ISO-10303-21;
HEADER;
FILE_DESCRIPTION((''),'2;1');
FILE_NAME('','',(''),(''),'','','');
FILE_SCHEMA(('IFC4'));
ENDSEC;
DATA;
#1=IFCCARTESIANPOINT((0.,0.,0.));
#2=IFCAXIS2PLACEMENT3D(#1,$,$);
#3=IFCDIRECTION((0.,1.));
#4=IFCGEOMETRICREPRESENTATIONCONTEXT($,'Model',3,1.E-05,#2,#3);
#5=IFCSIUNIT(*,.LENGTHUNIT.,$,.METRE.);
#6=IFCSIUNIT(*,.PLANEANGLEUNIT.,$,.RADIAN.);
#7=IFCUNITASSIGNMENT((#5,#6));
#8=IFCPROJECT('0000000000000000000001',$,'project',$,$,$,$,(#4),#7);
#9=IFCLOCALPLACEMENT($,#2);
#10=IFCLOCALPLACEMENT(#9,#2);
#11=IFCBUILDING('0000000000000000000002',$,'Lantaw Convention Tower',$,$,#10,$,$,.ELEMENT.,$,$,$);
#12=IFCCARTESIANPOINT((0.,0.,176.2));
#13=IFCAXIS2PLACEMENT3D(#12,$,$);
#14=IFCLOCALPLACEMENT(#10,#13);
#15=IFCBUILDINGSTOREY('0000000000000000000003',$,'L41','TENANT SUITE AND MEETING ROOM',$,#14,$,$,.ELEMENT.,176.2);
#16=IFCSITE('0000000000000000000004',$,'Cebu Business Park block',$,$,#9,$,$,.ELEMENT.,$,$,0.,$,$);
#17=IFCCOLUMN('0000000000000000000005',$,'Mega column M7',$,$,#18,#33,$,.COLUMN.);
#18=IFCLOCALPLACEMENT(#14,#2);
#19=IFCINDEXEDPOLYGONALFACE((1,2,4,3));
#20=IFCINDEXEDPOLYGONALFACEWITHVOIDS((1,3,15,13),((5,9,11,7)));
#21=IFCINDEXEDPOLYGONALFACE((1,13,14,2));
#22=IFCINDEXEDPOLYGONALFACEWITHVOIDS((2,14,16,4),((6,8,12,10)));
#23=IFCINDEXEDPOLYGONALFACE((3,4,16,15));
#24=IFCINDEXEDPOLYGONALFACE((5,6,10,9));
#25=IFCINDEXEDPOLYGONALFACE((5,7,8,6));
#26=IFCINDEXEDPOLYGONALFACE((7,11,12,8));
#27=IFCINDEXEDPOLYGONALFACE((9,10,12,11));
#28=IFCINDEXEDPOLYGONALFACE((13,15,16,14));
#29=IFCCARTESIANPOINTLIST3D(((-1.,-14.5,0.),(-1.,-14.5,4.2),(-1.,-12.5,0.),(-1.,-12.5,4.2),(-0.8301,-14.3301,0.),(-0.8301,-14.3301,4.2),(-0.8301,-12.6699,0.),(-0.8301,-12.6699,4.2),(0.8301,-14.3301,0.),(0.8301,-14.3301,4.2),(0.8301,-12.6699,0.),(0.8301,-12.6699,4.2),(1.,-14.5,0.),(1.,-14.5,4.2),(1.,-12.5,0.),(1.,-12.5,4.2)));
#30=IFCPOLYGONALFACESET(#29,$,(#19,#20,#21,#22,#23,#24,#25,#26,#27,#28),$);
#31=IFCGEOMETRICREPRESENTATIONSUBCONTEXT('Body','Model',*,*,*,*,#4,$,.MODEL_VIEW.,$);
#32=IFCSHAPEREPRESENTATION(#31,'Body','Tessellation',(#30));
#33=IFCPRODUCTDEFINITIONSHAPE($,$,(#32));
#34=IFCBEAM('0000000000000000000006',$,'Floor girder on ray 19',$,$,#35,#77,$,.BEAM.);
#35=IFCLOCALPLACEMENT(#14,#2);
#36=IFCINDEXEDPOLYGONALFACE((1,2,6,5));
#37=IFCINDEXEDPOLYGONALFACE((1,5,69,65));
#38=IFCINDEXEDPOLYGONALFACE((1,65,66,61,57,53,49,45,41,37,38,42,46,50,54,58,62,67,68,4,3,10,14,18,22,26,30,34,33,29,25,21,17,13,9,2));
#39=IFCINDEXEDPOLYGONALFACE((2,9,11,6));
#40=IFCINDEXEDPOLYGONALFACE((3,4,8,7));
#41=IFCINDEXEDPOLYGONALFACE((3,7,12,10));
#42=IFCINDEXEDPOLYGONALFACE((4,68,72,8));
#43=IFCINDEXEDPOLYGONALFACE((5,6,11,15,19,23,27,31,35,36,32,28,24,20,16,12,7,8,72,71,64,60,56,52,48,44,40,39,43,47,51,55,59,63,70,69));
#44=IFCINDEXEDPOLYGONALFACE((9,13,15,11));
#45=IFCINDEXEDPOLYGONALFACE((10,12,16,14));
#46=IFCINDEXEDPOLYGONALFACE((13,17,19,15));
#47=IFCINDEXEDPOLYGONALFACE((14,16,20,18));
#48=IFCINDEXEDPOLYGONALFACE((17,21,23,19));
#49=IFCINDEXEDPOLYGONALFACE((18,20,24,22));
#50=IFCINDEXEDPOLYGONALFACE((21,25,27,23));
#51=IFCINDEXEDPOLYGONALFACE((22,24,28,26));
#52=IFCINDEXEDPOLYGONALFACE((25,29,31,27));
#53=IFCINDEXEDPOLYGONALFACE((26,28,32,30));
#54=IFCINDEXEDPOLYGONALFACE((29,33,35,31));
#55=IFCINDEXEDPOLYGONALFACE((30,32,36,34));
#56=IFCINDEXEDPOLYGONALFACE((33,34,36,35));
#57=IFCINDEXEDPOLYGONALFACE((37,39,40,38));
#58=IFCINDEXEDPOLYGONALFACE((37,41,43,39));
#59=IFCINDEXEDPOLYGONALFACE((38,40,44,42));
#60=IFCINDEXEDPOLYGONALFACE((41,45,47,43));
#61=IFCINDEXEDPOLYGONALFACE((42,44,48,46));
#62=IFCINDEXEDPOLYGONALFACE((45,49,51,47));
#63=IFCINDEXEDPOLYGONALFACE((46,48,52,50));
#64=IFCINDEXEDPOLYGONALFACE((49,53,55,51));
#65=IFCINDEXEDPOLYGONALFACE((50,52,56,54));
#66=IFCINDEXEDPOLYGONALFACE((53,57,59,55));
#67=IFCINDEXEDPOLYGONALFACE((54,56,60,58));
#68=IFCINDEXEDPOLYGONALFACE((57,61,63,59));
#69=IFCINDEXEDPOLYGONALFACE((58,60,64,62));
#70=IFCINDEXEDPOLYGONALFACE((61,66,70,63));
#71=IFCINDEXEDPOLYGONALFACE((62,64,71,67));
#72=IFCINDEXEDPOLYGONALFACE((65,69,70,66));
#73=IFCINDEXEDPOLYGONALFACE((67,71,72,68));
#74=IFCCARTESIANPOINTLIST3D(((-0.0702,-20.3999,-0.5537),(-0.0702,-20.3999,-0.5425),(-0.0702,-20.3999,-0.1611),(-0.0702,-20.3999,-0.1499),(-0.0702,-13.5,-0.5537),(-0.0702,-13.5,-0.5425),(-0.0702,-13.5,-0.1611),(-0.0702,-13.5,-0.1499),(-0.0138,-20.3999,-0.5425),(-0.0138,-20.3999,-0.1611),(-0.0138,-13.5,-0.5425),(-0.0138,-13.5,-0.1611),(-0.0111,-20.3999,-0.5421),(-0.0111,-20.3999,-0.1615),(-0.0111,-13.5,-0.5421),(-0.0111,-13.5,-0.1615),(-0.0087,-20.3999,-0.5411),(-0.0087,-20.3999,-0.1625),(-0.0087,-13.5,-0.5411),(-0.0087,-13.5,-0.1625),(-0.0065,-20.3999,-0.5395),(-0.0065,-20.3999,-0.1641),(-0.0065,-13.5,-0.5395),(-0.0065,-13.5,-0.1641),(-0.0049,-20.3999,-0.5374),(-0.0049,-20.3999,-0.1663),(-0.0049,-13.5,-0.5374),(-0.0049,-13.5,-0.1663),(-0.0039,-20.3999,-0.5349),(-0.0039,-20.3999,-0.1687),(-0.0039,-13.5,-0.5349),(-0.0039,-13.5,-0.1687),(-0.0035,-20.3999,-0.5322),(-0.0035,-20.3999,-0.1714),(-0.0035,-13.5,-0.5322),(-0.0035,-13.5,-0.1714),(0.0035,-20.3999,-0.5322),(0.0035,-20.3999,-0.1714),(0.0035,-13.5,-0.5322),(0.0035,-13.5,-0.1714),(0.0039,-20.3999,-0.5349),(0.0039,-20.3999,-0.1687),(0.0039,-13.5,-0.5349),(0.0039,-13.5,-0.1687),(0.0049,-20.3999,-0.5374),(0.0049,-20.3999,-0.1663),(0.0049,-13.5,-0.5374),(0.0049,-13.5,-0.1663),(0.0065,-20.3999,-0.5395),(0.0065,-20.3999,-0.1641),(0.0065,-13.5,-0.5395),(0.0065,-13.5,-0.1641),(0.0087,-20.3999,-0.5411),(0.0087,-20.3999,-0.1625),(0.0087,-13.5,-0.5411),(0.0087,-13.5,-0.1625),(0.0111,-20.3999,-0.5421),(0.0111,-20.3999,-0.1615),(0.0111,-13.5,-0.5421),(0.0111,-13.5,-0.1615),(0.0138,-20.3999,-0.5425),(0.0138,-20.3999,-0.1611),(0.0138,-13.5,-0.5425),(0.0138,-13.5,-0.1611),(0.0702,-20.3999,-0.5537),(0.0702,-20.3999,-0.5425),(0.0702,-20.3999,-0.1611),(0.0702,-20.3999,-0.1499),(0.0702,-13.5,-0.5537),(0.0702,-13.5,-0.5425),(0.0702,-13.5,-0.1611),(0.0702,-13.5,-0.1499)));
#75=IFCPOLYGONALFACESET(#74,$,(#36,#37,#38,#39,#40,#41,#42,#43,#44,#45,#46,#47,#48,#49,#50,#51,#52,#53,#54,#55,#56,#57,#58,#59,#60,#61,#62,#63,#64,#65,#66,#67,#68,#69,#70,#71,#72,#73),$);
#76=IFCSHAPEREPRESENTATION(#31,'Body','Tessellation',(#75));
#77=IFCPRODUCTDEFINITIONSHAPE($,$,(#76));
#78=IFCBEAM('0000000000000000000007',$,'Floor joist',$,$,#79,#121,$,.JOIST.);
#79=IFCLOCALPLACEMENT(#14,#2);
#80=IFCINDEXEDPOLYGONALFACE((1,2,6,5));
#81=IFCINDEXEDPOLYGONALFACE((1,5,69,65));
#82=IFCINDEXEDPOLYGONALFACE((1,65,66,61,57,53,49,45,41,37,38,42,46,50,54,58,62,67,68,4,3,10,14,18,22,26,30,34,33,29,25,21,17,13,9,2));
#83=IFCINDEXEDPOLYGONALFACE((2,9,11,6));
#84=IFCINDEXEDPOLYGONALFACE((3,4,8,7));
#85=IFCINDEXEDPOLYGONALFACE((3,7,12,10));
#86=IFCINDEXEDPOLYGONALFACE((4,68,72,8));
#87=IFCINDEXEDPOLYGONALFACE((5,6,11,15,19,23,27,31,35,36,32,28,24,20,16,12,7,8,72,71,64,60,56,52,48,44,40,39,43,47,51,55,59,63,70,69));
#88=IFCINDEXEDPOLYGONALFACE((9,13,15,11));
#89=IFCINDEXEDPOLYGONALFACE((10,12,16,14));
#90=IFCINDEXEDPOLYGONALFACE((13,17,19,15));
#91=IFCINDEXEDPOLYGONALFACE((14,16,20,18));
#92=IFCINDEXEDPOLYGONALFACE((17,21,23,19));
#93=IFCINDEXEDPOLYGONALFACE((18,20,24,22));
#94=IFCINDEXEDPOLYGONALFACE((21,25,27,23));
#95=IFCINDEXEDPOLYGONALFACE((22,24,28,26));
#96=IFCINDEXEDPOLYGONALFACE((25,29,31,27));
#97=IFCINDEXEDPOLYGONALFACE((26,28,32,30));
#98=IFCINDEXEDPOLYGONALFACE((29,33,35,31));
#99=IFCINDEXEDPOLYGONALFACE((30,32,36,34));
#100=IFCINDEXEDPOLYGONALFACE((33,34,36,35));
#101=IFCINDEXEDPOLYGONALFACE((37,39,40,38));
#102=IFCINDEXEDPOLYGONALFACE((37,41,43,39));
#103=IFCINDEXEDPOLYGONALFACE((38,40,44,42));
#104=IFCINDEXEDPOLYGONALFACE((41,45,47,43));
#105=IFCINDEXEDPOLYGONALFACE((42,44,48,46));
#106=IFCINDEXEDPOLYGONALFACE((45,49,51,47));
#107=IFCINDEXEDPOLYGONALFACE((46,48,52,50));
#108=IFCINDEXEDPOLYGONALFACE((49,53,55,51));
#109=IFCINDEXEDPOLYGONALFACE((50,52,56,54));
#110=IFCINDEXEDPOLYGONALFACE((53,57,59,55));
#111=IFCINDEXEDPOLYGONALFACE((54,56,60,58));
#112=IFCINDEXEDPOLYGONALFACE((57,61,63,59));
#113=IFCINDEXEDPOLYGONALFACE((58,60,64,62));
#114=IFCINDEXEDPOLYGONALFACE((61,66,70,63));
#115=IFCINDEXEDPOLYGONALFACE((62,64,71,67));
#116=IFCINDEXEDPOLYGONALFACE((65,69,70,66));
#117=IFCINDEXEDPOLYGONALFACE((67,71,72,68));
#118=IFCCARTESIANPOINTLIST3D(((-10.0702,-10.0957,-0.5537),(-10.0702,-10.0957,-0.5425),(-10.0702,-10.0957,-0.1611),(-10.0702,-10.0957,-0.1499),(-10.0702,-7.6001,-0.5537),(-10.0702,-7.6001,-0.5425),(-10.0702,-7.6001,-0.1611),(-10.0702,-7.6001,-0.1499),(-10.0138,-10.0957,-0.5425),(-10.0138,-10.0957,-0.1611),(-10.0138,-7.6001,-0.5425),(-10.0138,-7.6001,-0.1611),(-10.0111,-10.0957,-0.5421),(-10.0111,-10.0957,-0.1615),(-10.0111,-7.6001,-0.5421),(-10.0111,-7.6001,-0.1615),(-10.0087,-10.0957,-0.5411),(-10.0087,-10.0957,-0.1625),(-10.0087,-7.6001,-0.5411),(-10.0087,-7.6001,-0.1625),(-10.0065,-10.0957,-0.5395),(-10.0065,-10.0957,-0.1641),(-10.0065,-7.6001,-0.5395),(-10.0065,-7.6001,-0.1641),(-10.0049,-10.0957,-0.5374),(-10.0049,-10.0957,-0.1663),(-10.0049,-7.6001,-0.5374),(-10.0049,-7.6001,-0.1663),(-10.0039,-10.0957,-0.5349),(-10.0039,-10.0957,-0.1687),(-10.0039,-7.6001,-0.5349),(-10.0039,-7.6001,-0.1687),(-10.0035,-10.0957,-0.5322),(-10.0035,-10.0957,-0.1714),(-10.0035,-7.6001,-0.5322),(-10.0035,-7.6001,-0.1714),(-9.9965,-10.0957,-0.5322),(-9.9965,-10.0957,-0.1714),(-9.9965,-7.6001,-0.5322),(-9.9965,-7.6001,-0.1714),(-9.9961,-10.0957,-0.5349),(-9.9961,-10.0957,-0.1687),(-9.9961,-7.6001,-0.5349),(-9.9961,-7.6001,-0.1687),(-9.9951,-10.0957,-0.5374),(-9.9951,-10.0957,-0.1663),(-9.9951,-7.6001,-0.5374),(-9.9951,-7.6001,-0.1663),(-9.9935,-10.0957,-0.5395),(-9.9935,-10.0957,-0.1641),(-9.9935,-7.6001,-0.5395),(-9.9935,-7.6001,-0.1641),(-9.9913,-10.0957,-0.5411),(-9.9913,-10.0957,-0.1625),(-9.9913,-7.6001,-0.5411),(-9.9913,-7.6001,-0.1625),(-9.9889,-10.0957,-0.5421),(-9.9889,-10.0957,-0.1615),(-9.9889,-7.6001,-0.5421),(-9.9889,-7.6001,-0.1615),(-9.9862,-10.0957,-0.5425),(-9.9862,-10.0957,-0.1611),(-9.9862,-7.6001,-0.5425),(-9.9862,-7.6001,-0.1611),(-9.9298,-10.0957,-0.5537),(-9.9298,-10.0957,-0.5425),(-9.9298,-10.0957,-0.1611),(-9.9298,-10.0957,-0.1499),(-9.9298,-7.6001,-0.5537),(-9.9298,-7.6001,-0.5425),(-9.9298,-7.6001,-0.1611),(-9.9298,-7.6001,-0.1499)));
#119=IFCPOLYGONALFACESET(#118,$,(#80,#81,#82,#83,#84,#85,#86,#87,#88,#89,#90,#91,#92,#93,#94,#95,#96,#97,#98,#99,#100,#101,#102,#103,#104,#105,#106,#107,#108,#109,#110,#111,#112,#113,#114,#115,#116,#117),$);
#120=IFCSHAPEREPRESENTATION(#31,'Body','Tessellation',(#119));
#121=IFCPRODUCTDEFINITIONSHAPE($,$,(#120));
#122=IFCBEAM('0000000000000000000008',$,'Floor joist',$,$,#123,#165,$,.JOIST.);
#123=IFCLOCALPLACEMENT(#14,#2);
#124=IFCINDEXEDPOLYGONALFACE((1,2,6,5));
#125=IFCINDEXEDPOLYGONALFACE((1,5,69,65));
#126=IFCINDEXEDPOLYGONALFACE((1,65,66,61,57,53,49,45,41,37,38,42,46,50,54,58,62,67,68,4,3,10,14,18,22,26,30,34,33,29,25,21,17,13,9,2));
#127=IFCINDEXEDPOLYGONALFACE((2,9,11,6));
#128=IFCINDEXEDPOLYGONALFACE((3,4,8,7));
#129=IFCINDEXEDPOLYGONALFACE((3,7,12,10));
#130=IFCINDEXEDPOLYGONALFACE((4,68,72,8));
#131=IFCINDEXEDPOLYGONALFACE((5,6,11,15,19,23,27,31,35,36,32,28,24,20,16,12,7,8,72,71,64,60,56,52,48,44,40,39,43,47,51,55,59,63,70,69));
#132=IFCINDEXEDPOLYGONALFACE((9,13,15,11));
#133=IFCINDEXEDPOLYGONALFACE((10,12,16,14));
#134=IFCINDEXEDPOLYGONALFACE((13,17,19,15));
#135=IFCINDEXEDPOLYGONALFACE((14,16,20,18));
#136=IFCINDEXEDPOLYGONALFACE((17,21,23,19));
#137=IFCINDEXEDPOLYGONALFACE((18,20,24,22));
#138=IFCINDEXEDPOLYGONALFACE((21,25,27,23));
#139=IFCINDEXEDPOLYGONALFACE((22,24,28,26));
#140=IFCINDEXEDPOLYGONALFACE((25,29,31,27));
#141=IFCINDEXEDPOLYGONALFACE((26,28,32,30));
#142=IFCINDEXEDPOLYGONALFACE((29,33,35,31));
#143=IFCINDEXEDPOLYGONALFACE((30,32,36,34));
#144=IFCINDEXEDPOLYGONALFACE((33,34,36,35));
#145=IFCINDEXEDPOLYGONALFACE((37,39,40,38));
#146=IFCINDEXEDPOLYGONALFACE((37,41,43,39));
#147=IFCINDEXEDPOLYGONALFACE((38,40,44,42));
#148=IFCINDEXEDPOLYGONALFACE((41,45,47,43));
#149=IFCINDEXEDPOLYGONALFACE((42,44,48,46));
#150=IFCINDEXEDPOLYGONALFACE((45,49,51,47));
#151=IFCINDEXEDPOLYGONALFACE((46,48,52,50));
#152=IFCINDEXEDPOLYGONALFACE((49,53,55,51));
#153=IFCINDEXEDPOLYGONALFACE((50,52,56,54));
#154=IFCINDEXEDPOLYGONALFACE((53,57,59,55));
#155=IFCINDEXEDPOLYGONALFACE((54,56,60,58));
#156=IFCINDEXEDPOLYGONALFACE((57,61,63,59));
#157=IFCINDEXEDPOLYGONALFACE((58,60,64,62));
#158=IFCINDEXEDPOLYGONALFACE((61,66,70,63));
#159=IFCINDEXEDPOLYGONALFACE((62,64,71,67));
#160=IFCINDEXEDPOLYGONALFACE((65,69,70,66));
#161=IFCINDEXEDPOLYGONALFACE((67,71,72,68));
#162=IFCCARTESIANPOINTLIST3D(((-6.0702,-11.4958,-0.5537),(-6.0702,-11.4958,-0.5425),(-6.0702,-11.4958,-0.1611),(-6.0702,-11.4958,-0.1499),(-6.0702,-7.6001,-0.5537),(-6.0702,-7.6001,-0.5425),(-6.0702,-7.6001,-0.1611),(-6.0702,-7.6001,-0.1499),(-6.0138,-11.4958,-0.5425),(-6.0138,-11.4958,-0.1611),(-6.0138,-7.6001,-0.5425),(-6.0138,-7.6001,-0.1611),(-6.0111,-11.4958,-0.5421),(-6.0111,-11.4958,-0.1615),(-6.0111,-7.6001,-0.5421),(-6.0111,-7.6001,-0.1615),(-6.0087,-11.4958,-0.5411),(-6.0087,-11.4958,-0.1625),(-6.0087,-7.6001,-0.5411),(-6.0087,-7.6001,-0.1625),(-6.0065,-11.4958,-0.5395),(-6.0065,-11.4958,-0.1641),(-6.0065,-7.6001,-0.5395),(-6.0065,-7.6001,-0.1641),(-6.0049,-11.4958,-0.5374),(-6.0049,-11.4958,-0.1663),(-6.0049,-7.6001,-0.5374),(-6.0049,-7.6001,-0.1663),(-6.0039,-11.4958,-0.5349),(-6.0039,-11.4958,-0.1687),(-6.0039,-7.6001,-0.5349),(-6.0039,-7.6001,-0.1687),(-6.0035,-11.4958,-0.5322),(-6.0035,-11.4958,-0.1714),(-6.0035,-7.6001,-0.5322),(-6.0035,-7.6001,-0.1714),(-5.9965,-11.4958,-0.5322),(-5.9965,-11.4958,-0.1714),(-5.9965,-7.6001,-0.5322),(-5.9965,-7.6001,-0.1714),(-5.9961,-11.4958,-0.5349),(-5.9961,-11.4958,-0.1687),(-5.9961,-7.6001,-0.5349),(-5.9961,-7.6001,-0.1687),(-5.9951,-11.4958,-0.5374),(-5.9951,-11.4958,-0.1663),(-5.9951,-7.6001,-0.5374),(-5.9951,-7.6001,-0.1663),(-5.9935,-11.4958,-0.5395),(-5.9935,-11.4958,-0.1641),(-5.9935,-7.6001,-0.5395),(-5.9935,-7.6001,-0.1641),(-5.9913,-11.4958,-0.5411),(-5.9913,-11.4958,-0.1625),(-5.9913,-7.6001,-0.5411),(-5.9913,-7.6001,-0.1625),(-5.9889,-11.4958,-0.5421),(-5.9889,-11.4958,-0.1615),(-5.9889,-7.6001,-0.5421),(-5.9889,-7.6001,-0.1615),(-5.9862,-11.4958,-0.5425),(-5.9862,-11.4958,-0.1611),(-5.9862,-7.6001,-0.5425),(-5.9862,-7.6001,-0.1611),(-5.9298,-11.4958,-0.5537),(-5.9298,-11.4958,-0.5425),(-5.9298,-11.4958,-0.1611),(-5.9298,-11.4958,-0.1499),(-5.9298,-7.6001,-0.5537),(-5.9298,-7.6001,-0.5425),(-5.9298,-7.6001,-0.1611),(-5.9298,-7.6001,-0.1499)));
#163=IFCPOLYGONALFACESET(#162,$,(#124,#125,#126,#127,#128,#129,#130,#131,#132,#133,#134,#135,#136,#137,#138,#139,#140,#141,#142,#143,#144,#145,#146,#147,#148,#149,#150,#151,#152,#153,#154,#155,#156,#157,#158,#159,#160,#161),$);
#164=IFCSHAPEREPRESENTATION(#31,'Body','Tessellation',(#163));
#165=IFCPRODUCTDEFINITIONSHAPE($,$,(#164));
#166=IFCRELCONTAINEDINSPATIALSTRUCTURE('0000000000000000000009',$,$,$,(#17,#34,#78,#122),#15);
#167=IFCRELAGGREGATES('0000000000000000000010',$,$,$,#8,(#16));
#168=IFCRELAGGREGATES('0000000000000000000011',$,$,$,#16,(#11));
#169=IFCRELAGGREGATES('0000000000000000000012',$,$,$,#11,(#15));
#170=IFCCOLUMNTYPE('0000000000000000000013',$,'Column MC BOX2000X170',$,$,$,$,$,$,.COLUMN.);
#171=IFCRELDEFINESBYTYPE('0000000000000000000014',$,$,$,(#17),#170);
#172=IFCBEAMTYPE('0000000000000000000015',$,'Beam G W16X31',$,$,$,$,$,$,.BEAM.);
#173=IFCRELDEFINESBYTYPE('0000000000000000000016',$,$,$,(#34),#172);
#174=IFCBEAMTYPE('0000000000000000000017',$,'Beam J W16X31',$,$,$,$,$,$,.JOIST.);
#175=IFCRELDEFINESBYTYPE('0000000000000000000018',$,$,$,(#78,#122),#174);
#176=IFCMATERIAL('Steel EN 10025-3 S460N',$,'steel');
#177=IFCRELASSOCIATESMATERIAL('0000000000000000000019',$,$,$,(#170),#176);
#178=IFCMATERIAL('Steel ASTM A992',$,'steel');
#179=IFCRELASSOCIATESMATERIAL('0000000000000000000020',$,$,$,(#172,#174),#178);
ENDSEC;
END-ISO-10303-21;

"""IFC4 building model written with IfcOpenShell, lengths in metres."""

from ifc_helpers import new_model, si_unit, direction, frame, origin, origin_2d, place, context, subcontext, project, spatial, rectangle, hollow_rectangle, i_section, extrude, material, material_profile, profile_set, type_object, element, save


model = new_model("IFC4")

# Units and contexts
model_context = context("Model", 3, precision=1e-05, world=origin(), true_north=direction((0.0, 1.0)))
body_context = subcontext(model_context, "Body", "Model", "MODEL_VIEW")
ifc_project = project(units=[si_unit("LENGTHUNIT", "METRE"), si_unit("PLANEANGLEUNIT", "RADIAN")], contexts=[model_context])

# Site, building, storey
site_placement = place(None, origin())
site = spatial("IfcSite", under=ifc_project, at=site_placement, Name="Cebu Business Park block", CompositionType="ELEMENT", RefElevation=0.0)
building_placement = place(site_placement, origin())
building = spatial("IfcBuilding", under=site, at=building_placement, Name="Lantaw Convention Tower", CompositionType="ELEMENT")
storey_placement = place(building_placement, frame((0.0, 0.0, 176.2)))
storey = spatial("IfcBuildingStorey", under=building, at=storey_placement, Name="L41", Description="TENANT SUITE AND MEETING ROOM", CompositionType="ELEMENT", Elevation=176.2)

# Column
ifc_material_1 = material(Name="Steel EN 10025-3 S460N", Category="steel")
ifc_material_profile_1 = material_profile(ifc_material_1, hollow_rectangle(XDim=2.0, YDim=2.0, WallThickness=0.1699, at=origin_2d()), Name="BOX2000X170")
ifc_material_2 = material(Name="Concrete C60/75", Category="concrete")
ifc_material_profile_2 = material_profile(ifc_material_2, rectangle(XDim=1.6599, YDim=1.6599, at=origin_2d()), Name="Concrete fill of BOX2000X170")
ifc_profile_set_1 = profile_set([ifc_material_profile_1, ifc_material_profile_2], Name="Steel EN 10025-3 S460N")
column_type = type_object("IfcColumnType", Name="Column MC BOX2000X170", PredefinedType="COLUMN", material=ifc_profile_set_1)
column_placement = place(storey_placement, frame((0.0, -13.5, 0.0), z_axis=(0.0, 0.0, 1.0), x_axis=(1.0, 0.0, 0.0)))
element("IfcColumn", 1, at=column_placement, inside=storey, type_object=column_type, Name="Mega column M7", PredefinedType="COLUMN", context=body_context, shape_type="SweptSolid", body=[
    extrude(hollow_rectangle(XDim=2.0, YDim=2.0, WallThickness=0.1699, at=origin_2d()), origin(), (0.0, 0.0, 1.0), 4.2),
])

# Beams
ifc_material_3 = material(Name="Steel ASTM A992", Category="steel")
ifc_material_profile_3 = material_profile(ifc_material_3, i_section(OverallWidth=0.1404, OverallDepth=0.4038, WebThickness=0.0071, FlangeThickness=0.0112, FilletRadius=0.0103, at=origin_2d()), Name="W16X31")
ifc_profile_set_2 = profile_set([ifc_material_profile_3], Name="Steel ASTM A992")
beam_type_1 = type_object("IfcBeamType", Name="Beam G W16X31", PredefinedType="BEAM", material=ifc_profile_set_2)
beam_1_placement = place(storey_placement, frame((0.0, -13.5, -0.3518), z_axis=(0.0, -1.0, 0.0), x_axis=(1.0, 0.0, 0.0)))
element("IfcBeam", 2, at=beam_1_placement, inside=storey, type_object=beam_type_1, Name="Floor girder on ray 19", PredefinedType="BEAM", context=body_context, shape_type="SweptSolid", body=[
    extrude(i_section(OverallWidth=0.1404, OverallDepth=0.4038, WebThickness=0.0071, FlangeThickness=0.0112, FilletRadius=0.0103, at=origin_2d()), origin(), (0.0, 0.0, 1.0), 6.8999),
])
ifc_material_profile_4 = material_profile(ifc_material_3, i_section(OverallWidth=0.1404, OverallDepth=0.4038, WebThickness=0.0071, FlangeThickness=0.0112, FilletRadius=0.0103, at=origin_2d()), Name="W16X31")
ifc_profile_set_3 = profile_set([ifc_material_profile_4], Name="Steel ASTM A992")
beam_type_2 = type_object("IfcBeamType", Name="Beam J W16X31", PredefinedType="JOIST", material=ifc_profile_set_3)
beam_2_placement = place(storey_placement, frame((-10.0, -10.0957, -0.3518), z_axis=(0.0, 1.0, 0.0), x_axis=(-1.0, 0.0, 0.0)))
element("IfcBeam", 3, at=beam_2_placement, inside=storey, type_object=beam_type_2, Name="Floor joist", PredefinedType="JOIST", context=body_context, shape_type="SweptSolid", body=[
    extrude(i_section(OverallWidth=0.1404, OverallDepth=0.4038, WebThickness=0.0071, FlangeThickness=0.0112, FilletRadius=0.0103, at=origin_2d()), origin(), (0.0, 0.0, 1.0), 2.4956),
])
beam_3_placement = place(storey_placement, frame((-6.0, -11.4958, -0.3518), z_axis=(0.0, 1.0, 0.0), x_axis=(-1.0, 0.0, 0.0)))
element("IfcBeam", 4, at=beam_3_placement, inside=storey, type_object=beam_type_2, Name="Floor joist", PredefinedType="JOIST", context=body_context, shape_type="SweptSolid", body=[
    extrude(i_section(OverallWidth=0.1404, OverallDepth=0.4038, WebThickness=0.0071, FlangeThickness=0.0112, FilletRadius=0.0103, at=origin_2d()), origin(), (0.0, 0.0, 1.0), 3.8958),
])

save(model, "model.ifc")
